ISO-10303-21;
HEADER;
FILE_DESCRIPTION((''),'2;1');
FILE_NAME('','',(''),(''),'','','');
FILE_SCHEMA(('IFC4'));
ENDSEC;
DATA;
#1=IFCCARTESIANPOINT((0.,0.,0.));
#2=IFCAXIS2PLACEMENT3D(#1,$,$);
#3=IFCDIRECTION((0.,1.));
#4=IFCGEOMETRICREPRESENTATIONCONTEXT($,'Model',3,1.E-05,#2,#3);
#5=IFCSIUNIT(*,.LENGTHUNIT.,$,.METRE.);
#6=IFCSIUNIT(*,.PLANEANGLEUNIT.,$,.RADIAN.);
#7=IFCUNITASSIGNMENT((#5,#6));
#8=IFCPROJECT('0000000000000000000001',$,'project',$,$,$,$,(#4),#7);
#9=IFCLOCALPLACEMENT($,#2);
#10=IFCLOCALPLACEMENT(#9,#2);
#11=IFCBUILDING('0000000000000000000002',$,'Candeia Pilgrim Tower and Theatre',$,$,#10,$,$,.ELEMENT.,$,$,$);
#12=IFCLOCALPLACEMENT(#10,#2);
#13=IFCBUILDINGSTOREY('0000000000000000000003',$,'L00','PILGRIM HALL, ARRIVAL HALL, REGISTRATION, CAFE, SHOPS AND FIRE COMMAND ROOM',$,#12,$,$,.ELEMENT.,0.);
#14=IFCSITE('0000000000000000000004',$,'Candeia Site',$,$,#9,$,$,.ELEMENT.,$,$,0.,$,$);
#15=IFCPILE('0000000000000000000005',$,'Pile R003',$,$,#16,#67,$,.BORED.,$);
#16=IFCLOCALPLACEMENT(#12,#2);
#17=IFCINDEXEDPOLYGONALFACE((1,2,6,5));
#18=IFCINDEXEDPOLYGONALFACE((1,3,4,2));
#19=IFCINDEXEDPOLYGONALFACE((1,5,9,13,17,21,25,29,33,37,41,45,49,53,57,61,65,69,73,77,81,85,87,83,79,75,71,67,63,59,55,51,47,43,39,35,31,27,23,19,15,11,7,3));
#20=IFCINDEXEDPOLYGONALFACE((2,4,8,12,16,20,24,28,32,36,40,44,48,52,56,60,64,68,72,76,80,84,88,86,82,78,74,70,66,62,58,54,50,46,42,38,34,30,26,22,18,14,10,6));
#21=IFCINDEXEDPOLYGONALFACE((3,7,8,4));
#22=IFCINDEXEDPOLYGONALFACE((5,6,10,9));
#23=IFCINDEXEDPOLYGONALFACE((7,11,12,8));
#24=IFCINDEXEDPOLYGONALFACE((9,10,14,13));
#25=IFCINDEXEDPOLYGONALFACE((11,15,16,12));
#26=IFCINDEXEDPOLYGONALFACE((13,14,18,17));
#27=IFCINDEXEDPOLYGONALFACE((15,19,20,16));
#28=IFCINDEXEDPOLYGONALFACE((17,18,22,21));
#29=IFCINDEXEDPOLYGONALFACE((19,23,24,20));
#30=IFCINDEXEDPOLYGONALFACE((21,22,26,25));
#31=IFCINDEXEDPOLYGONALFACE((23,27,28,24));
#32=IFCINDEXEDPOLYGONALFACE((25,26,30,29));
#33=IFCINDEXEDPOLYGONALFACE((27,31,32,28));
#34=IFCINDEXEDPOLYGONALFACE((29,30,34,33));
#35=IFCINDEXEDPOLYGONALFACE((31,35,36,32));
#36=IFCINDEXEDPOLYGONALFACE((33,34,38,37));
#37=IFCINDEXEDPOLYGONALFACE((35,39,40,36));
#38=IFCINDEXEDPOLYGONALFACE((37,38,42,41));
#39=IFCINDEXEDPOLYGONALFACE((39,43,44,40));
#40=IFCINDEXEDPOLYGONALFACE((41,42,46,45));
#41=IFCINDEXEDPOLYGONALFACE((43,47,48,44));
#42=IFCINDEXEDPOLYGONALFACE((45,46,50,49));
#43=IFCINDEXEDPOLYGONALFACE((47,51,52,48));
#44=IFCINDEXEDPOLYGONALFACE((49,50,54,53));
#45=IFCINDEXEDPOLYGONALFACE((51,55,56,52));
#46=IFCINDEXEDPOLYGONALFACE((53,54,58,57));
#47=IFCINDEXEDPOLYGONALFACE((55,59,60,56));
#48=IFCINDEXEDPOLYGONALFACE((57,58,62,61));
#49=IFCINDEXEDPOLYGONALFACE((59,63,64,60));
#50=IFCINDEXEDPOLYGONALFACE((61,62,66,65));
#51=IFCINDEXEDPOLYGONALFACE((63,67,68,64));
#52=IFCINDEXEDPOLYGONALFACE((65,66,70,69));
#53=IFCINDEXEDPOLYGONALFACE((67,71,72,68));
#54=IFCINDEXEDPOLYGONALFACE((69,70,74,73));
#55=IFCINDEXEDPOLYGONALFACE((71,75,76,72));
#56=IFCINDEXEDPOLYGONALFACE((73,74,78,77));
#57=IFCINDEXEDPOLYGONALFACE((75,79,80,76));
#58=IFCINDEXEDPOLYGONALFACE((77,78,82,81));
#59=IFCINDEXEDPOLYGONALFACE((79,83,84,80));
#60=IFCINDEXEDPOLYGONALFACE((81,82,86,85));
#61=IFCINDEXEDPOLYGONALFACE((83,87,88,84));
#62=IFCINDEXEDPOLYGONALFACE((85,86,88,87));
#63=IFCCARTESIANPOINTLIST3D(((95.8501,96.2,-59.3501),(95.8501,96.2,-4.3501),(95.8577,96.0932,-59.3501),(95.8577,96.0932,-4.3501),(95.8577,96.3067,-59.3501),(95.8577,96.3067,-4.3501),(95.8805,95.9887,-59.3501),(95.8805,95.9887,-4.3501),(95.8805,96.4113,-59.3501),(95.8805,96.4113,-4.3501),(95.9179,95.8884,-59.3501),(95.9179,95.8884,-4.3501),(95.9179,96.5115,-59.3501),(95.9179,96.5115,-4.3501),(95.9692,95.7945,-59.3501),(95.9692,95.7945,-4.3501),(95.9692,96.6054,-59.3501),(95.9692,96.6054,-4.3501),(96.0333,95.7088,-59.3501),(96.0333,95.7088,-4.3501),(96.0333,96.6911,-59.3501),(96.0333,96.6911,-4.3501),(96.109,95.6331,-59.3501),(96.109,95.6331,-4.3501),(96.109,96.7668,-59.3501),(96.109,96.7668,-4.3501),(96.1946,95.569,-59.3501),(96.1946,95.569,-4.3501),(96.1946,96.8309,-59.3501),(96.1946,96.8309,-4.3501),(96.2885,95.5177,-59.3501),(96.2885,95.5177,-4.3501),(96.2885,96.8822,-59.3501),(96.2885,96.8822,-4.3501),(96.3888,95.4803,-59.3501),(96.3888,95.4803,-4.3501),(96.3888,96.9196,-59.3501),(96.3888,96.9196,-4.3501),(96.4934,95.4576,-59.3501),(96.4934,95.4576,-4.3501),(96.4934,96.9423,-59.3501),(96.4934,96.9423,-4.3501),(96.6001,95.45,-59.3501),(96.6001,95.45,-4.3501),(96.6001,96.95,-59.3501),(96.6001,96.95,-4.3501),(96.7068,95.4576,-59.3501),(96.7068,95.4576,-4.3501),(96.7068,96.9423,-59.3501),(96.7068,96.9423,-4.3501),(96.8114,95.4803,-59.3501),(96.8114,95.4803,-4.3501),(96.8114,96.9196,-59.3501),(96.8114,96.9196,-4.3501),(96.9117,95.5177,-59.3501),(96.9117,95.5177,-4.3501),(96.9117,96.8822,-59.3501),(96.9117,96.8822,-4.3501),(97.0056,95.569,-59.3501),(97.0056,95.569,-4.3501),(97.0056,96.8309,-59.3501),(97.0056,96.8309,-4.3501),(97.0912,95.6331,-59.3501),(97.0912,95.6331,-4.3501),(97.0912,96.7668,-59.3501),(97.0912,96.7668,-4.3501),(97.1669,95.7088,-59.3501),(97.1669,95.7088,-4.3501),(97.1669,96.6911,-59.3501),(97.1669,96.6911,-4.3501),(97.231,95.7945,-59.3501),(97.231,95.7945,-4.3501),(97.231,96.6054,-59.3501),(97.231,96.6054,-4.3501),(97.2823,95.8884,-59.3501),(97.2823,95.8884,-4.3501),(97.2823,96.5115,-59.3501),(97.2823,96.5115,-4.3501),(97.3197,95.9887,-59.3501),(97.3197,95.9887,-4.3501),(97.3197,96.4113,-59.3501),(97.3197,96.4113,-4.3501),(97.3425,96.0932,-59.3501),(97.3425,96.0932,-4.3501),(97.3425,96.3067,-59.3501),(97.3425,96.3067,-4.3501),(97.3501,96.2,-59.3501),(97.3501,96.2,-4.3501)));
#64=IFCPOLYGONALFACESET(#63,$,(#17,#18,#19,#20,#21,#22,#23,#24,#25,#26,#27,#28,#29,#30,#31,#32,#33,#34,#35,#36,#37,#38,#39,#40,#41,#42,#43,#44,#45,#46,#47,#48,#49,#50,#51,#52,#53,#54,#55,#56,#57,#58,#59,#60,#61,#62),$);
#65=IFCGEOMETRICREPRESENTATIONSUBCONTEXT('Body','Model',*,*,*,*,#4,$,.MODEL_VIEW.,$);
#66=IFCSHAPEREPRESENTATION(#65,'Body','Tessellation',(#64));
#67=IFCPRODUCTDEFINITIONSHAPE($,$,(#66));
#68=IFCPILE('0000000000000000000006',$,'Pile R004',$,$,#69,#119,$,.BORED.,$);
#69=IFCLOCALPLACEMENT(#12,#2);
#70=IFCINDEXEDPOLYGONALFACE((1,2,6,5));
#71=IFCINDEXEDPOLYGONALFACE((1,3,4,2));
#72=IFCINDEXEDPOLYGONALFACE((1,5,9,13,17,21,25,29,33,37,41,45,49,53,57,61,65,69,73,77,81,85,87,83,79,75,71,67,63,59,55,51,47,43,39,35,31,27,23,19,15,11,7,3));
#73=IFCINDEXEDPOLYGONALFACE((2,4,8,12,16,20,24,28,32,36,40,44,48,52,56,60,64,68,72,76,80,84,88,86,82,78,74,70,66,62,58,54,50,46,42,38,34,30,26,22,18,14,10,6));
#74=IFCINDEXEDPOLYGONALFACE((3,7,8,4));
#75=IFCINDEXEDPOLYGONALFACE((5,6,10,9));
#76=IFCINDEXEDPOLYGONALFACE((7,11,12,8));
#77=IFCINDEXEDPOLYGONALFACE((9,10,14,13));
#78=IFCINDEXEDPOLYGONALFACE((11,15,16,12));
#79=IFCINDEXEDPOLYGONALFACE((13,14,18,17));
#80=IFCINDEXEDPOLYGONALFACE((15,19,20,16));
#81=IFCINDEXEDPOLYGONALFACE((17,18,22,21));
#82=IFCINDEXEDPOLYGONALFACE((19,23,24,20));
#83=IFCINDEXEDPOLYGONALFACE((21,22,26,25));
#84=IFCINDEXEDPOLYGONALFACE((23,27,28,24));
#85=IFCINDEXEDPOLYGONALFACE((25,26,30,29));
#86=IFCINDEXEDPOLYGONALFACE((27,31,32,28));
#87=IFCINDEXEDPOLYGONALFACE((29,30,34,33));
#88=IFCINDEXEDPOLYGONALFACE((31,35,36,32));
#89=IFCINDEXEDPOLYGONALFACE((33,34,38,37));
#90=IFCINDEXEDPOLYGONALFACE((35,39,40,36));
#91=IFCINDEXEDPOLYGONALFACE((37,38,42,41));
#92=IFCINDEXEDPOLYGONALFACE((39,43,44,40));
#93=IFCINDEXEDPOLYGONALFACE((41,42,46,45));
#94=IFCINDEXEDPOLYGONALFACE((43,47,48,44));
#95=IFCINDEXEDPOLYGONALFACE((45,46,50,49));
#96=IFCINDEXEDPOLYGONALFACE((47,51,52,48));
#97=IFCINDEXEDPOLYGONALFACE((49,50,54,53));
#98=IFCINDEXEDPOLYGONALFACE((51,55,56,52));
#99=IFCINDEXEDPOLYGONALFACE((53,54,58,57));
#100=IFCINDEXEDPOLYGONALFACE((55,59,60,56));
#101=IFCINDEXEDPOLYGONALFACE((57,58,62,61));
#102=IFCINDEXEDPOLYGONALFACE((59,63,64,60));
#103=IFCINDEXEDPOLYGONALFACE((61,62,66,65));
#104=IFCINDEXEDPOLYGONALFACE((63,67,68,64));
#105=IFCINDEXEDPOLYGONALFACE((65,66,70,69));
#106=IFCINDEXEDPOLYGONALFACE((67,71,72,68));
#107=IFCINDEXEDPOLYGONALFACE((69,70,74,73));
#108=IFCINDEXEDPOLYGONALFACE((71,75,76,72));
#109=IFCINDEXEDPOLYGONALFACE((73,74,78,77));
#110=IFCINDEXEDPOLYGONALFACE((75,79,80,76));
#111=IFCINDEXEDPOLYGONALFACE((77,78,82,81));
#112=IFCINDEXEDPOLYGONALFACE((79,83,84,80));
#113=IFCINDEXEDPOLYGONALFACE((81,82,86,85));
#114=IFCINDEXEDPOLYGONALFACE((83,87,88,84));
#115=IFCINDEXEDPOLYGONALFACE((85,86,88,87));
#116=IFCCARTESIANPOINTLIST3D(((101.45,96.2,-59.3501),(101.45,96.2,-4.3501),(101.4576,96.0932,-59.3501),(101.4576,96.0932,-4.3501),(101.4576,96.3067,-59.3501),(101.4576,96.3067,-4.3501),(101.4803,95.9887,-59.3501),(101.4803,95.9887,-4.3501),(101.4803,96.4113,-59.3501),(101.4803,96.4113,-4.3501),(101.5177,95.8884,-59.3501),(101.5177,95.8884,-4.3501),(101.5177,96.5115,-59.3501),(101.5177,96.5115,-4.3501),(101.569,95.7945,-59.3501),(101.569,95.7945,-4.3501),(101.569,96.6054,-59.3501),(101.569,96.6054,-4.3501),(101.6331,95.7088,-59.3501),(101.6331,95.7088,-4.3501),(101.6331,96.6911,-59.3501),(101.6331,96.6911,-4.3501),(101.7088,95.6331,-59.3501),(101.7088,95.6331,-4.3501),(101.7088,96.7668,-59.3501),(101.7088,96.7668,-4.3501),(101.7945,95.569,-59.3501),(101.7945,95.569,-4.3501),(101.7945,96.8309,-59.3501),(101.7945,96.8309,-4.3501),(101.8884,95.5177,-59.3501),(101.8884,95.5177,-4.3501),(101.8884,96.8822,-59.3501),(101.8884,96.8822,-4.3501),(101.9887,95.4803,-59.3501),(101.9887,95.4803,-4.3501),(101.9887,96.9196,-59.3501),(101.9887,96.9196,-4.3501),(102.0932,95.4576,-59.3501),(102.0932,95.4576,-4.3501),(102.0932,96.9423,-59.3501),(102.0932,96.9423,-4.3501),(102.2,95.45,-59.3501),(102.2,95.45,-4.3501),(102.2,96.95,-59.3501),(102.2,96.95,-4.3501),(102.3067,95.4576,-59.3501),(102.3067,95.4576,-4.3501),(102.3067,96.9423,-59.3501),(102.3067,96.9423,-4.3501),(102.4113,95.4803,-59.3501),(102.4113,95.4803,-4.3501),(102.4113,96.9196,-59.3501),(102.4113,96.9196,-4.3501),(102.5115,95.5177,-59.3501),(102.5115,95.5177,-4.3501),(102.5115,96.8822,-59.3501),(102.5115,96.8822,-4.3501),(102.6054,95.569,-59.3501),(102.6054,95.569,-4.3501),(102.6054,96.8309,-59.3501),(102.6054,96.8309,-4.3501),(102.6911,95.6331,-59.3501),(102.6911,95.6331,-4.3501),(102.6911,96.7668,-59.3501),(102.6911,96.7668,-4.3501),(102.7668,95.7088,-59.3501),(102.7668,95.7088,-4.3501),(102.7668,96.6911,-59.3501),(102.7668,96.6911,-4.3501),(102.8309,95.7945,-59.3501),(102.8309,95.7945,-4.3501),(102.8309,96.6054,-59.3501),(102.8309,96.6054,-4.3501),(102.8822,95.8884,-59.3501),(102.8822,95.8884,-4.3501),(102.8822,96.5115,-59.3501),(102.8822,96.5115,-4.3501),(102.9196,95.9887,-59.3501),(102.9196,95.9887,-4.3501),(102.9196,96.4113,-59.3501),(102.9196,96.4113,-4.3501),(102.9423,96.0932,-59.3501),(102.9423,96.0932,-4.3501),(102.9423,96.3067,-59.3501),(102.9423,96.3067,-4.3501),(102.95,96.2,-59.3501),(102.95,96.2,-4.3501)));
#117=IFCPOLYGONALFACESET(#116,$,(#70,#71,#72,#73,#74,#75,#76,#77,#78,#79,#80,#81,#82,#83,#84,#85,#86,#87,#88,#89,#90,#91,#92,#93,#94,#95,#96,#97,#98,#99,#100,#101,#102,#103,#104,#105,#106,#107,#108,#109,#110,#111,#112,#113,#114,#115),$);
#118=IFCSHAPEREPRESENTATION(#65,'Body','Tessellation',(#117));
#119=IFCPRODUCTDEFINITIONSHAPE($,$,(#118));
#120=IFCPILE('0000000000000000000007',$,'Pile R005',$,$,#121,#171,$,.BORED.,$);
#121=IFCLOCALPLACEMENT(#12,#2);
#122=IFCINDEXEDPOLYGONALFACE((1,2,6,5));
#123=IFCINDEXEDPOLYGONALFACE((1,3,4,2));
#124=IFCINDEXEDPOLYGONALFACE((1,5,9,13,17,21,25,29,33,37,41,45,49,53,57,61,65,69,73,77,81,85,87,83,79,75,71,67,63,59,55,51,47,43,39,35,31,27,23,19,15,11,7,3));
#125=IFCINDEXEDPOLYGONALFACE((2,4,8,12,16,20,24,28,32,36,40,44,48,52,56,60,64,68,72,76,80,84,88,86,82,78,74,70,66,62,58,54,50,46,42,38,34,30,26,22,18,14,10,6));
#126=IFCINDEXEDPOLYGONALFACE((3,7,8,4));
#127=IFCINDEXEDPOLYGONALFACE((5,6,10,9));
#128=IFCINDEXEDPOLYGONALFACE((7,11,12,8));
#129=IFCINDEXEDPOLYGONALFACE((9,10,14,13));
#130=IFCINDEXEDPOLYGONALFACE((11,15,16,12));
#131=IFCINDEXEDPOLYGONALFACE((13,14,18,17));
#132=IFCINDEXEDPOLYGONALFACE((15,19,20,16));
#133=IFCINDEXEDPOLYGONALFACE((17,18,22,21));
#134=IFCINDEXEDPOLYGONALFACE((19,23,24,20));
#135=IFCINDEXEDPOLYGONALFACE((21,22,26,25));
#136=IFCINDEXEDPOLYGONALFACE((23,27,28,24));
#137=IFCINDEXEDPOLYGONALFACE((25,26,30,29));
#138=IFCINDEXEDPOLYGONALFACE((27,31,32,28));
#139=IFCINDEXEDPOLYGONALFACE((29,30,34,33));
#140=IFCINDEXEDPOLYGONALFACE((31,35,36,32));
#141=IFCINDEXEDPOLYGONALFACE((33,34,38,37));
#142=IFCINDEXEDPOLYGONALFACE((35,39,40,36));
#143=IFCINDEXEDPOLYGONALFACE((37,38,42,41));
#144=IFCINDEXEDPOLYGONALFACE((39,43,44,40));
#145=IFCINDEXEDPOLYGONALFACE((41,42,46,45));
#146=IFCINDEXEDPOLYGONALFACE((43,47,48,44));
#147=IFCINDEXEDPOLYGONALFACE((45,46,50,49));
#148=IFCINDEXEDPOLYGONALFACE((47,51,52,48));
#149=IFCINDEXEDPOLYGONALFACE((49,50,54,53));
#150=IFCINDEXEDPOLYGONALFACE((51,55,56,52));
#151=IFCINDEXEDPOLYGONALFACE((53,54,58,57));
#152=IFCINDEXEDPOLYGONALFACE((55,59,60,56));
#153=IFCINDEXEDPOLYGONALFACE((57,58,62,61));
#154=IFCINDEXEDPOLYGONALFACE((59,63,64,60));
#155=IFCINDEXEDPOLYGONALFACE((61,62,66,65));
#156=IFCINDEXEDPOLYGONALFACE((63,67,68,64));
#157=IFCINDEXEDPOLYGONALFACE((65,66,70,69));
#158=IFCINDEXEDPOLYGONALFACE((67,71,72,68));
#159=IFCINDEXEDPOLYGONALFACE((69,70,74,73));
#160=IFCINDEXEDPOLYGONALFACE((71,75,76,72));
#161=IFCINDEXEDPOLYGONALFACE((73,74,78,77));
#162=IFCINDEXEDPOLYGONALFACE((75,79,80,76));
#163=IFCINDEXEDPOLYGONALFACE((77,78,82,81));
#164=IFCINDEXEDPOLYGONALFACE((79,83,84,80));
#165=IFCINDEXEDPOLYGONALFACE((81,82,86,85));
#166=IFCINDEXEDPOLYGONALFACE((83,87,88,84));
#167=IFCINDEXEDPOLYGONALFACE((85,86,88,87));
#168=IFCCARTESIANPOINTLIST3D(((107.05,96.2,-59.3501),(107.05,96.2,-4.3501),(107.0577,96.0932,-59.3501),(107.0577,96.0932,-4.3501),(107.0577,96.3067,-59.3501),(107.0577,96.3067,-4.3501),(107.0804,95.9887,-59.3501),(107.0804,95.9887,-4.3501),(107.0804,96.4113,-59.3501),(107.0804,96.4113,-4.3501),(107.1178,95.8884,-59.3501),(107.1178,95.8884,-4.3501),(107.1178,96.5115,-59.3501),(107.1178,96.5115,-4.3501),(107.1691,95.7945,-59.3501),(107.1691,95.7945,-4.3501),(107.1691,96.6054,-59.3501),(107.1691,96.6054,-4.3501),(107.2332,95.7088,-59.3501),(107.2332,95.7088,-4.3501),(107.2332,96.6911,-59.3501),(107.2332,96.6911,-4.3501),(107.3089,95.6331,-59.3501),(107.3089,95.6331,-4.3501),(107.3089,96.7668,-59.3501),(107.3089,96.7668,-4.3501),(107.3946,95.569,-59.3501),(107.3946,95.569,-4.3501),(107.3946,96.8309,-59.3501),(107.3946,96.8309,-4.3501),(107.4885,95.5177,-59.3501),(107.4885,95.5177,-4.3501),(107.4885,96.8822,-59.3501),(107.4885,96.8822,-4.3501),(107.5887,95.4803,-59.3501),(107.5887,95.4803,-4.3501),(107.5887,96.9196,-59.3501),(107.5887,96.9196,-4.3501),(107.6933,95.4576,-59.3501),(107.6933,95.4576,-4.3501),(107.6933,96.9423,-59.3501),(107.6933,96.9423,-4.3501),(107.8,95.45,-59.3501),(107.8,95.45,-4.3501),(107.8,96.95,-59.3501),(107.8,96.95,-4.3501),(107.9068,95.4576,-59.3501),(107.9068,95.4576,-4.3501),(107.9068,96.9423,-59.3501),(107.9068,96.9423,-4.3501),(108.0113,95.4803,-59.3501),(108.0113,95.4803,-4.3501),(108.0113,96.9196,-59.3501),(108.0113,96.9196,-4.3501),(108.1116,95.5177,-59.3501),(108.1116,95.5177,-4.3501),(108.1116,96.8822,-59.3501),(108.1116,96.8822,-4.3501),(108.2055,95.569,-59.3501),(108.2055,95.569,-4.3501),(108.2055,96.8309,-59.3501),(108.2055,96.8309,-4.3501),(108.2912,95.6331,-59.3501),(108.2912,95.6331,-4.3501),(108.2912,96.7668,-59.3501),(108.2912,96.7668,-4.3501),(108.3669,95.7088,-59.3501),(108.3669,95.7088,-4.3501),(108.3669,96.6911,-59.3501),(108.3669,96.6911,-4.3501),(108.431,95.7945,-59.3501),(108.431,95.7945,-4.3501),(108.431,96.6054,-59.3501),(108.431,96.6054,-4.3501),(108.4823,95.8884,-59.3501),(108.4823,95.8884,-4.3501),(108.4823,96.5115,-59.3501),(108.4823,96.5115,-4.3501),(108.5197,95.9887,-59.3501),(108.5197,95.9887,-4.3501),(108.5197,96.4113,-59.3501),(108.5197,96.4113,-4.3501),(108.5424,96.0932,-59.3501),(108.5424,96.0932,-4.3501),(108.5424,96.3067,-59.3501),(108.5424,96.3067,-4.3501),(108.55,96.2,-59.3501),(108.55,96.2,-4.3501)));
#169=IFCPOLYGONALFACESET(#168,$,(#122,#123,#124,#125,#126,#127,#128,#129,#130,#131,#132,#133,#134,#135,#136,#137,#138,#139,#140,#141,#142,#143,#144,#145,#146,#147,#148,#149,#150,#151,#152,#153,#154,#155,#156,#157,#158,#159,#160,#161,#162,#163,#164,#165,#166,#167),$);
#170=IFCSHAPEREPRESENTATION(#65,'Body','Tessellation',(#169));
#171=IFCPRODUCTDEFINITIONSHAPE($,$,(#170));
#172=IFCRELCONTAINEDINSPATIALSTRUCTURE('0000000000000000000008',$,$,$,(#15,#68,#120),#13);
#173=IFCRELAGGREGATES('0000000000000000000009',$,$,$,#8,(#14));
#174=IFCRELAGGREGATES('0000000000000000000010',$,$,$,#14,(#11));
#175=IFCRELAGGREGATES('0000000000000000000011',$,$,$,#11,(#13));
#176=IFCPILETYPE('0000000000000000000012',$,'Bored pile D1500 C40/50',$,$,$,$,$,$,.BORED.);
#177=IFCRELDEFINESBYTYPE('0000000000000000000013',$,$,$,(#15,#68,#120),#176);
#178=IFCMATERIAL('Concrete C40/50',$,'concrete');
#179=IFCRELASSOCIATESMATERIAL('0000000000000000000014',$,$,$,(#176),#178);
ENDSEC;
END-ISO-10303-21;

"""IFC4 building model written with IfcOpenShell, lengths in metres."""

from ifc_helpers import new_model, si_unit, direction, frame, origin, origin_2d, place, context, subcontext, project, spatial, circle, extrude, material, material_profile, profile_set, type_object, element, save


model = new_model("IFC4")

# Units and contexts
model_context = context("Model", 3, precision=1e-05, world=origin(), true_north=direction((0.0, 1.0)))
body_context = subcontext(model_context, "Body", "Model", "MODEL_VIEW")
ifc_project = project(units=[si_unit("LENGTHUNIT", "METRE"), si_unit("PLANEANGLEUNIT", "RADIAN")], contexts=[model_context])

# Site, building, storey
site_placement = place(None, origin())
site = spatial("IfcSite", under=ifc_project, at=site_placement, Name="Candeia Site", CompositionType="ELEMENT", RefElevation=0.0)
building_placement = place(site_placement, origin())
building = spatial("IfcBuilding", under=site, at=building_placement, Name="Candeia Pilgrim Tower and Theatre", CompositionType="ELEMENT")
storey_placement = place(building_placement, origin())
storey = spatial("IfcBuildingStorey", under=building, at=storey_placement, Name="L00", Description="PILGRIM HALL, ARRIVAL HALL, REGISTRATION, CAFE, SHOPS AND FIRE COMMAND ROOM", CompositionType="ELEMENT", Elevation=0.0)

# Piles
ifc_material_1 = material(Name="Concrete C40/50", Category="concrete")
ifc_material_profile_1 = material_profile(ifc_material_1, circle(Radius=0.75, at=origin_2d()))
ifc_profile_set_1 = profile_set([ifc_material_profile_1], Name="Concrete C40/50")
pile_type = type_object("IfcPileType", Name="Bored pile D1500 C40/50", PredefinedType="BORED", material=ifc_profile_set_1)
for number, where, z_axis, x_axis, name in (
    (1, (96.6001, 96.2, -4.3501), (0.0, 0.0, -1.0), (1.0, 0.0, 0.0), "Pile R003"),
    (2, (102.2, 96.2, -4.3501), (0.0, 0.0, -1.0), (1.0, 0.0, 0.0), "Pile R004"),
    (3, (107.8, 96.2, -4.3501), (0.0, 0.0, -1.0), (1.0, 0.0, 0.0), "Pile R005"),
):
    element("IfcPile", number, at=place(storey_placement, frame(where, z_axis=z_axis, x_axis=x_axis)), inside=storey, type_object=pile_type, Name=name, PredefinedType="BORED", context=body_context, shape_type="SweptSolid", body=[
        extrude(circle(Radius=0.75, at=origin_2d()), origin(), (0.0, 0.0, 1.0), 55.0),
    ])

save(model, "model.ifc")
